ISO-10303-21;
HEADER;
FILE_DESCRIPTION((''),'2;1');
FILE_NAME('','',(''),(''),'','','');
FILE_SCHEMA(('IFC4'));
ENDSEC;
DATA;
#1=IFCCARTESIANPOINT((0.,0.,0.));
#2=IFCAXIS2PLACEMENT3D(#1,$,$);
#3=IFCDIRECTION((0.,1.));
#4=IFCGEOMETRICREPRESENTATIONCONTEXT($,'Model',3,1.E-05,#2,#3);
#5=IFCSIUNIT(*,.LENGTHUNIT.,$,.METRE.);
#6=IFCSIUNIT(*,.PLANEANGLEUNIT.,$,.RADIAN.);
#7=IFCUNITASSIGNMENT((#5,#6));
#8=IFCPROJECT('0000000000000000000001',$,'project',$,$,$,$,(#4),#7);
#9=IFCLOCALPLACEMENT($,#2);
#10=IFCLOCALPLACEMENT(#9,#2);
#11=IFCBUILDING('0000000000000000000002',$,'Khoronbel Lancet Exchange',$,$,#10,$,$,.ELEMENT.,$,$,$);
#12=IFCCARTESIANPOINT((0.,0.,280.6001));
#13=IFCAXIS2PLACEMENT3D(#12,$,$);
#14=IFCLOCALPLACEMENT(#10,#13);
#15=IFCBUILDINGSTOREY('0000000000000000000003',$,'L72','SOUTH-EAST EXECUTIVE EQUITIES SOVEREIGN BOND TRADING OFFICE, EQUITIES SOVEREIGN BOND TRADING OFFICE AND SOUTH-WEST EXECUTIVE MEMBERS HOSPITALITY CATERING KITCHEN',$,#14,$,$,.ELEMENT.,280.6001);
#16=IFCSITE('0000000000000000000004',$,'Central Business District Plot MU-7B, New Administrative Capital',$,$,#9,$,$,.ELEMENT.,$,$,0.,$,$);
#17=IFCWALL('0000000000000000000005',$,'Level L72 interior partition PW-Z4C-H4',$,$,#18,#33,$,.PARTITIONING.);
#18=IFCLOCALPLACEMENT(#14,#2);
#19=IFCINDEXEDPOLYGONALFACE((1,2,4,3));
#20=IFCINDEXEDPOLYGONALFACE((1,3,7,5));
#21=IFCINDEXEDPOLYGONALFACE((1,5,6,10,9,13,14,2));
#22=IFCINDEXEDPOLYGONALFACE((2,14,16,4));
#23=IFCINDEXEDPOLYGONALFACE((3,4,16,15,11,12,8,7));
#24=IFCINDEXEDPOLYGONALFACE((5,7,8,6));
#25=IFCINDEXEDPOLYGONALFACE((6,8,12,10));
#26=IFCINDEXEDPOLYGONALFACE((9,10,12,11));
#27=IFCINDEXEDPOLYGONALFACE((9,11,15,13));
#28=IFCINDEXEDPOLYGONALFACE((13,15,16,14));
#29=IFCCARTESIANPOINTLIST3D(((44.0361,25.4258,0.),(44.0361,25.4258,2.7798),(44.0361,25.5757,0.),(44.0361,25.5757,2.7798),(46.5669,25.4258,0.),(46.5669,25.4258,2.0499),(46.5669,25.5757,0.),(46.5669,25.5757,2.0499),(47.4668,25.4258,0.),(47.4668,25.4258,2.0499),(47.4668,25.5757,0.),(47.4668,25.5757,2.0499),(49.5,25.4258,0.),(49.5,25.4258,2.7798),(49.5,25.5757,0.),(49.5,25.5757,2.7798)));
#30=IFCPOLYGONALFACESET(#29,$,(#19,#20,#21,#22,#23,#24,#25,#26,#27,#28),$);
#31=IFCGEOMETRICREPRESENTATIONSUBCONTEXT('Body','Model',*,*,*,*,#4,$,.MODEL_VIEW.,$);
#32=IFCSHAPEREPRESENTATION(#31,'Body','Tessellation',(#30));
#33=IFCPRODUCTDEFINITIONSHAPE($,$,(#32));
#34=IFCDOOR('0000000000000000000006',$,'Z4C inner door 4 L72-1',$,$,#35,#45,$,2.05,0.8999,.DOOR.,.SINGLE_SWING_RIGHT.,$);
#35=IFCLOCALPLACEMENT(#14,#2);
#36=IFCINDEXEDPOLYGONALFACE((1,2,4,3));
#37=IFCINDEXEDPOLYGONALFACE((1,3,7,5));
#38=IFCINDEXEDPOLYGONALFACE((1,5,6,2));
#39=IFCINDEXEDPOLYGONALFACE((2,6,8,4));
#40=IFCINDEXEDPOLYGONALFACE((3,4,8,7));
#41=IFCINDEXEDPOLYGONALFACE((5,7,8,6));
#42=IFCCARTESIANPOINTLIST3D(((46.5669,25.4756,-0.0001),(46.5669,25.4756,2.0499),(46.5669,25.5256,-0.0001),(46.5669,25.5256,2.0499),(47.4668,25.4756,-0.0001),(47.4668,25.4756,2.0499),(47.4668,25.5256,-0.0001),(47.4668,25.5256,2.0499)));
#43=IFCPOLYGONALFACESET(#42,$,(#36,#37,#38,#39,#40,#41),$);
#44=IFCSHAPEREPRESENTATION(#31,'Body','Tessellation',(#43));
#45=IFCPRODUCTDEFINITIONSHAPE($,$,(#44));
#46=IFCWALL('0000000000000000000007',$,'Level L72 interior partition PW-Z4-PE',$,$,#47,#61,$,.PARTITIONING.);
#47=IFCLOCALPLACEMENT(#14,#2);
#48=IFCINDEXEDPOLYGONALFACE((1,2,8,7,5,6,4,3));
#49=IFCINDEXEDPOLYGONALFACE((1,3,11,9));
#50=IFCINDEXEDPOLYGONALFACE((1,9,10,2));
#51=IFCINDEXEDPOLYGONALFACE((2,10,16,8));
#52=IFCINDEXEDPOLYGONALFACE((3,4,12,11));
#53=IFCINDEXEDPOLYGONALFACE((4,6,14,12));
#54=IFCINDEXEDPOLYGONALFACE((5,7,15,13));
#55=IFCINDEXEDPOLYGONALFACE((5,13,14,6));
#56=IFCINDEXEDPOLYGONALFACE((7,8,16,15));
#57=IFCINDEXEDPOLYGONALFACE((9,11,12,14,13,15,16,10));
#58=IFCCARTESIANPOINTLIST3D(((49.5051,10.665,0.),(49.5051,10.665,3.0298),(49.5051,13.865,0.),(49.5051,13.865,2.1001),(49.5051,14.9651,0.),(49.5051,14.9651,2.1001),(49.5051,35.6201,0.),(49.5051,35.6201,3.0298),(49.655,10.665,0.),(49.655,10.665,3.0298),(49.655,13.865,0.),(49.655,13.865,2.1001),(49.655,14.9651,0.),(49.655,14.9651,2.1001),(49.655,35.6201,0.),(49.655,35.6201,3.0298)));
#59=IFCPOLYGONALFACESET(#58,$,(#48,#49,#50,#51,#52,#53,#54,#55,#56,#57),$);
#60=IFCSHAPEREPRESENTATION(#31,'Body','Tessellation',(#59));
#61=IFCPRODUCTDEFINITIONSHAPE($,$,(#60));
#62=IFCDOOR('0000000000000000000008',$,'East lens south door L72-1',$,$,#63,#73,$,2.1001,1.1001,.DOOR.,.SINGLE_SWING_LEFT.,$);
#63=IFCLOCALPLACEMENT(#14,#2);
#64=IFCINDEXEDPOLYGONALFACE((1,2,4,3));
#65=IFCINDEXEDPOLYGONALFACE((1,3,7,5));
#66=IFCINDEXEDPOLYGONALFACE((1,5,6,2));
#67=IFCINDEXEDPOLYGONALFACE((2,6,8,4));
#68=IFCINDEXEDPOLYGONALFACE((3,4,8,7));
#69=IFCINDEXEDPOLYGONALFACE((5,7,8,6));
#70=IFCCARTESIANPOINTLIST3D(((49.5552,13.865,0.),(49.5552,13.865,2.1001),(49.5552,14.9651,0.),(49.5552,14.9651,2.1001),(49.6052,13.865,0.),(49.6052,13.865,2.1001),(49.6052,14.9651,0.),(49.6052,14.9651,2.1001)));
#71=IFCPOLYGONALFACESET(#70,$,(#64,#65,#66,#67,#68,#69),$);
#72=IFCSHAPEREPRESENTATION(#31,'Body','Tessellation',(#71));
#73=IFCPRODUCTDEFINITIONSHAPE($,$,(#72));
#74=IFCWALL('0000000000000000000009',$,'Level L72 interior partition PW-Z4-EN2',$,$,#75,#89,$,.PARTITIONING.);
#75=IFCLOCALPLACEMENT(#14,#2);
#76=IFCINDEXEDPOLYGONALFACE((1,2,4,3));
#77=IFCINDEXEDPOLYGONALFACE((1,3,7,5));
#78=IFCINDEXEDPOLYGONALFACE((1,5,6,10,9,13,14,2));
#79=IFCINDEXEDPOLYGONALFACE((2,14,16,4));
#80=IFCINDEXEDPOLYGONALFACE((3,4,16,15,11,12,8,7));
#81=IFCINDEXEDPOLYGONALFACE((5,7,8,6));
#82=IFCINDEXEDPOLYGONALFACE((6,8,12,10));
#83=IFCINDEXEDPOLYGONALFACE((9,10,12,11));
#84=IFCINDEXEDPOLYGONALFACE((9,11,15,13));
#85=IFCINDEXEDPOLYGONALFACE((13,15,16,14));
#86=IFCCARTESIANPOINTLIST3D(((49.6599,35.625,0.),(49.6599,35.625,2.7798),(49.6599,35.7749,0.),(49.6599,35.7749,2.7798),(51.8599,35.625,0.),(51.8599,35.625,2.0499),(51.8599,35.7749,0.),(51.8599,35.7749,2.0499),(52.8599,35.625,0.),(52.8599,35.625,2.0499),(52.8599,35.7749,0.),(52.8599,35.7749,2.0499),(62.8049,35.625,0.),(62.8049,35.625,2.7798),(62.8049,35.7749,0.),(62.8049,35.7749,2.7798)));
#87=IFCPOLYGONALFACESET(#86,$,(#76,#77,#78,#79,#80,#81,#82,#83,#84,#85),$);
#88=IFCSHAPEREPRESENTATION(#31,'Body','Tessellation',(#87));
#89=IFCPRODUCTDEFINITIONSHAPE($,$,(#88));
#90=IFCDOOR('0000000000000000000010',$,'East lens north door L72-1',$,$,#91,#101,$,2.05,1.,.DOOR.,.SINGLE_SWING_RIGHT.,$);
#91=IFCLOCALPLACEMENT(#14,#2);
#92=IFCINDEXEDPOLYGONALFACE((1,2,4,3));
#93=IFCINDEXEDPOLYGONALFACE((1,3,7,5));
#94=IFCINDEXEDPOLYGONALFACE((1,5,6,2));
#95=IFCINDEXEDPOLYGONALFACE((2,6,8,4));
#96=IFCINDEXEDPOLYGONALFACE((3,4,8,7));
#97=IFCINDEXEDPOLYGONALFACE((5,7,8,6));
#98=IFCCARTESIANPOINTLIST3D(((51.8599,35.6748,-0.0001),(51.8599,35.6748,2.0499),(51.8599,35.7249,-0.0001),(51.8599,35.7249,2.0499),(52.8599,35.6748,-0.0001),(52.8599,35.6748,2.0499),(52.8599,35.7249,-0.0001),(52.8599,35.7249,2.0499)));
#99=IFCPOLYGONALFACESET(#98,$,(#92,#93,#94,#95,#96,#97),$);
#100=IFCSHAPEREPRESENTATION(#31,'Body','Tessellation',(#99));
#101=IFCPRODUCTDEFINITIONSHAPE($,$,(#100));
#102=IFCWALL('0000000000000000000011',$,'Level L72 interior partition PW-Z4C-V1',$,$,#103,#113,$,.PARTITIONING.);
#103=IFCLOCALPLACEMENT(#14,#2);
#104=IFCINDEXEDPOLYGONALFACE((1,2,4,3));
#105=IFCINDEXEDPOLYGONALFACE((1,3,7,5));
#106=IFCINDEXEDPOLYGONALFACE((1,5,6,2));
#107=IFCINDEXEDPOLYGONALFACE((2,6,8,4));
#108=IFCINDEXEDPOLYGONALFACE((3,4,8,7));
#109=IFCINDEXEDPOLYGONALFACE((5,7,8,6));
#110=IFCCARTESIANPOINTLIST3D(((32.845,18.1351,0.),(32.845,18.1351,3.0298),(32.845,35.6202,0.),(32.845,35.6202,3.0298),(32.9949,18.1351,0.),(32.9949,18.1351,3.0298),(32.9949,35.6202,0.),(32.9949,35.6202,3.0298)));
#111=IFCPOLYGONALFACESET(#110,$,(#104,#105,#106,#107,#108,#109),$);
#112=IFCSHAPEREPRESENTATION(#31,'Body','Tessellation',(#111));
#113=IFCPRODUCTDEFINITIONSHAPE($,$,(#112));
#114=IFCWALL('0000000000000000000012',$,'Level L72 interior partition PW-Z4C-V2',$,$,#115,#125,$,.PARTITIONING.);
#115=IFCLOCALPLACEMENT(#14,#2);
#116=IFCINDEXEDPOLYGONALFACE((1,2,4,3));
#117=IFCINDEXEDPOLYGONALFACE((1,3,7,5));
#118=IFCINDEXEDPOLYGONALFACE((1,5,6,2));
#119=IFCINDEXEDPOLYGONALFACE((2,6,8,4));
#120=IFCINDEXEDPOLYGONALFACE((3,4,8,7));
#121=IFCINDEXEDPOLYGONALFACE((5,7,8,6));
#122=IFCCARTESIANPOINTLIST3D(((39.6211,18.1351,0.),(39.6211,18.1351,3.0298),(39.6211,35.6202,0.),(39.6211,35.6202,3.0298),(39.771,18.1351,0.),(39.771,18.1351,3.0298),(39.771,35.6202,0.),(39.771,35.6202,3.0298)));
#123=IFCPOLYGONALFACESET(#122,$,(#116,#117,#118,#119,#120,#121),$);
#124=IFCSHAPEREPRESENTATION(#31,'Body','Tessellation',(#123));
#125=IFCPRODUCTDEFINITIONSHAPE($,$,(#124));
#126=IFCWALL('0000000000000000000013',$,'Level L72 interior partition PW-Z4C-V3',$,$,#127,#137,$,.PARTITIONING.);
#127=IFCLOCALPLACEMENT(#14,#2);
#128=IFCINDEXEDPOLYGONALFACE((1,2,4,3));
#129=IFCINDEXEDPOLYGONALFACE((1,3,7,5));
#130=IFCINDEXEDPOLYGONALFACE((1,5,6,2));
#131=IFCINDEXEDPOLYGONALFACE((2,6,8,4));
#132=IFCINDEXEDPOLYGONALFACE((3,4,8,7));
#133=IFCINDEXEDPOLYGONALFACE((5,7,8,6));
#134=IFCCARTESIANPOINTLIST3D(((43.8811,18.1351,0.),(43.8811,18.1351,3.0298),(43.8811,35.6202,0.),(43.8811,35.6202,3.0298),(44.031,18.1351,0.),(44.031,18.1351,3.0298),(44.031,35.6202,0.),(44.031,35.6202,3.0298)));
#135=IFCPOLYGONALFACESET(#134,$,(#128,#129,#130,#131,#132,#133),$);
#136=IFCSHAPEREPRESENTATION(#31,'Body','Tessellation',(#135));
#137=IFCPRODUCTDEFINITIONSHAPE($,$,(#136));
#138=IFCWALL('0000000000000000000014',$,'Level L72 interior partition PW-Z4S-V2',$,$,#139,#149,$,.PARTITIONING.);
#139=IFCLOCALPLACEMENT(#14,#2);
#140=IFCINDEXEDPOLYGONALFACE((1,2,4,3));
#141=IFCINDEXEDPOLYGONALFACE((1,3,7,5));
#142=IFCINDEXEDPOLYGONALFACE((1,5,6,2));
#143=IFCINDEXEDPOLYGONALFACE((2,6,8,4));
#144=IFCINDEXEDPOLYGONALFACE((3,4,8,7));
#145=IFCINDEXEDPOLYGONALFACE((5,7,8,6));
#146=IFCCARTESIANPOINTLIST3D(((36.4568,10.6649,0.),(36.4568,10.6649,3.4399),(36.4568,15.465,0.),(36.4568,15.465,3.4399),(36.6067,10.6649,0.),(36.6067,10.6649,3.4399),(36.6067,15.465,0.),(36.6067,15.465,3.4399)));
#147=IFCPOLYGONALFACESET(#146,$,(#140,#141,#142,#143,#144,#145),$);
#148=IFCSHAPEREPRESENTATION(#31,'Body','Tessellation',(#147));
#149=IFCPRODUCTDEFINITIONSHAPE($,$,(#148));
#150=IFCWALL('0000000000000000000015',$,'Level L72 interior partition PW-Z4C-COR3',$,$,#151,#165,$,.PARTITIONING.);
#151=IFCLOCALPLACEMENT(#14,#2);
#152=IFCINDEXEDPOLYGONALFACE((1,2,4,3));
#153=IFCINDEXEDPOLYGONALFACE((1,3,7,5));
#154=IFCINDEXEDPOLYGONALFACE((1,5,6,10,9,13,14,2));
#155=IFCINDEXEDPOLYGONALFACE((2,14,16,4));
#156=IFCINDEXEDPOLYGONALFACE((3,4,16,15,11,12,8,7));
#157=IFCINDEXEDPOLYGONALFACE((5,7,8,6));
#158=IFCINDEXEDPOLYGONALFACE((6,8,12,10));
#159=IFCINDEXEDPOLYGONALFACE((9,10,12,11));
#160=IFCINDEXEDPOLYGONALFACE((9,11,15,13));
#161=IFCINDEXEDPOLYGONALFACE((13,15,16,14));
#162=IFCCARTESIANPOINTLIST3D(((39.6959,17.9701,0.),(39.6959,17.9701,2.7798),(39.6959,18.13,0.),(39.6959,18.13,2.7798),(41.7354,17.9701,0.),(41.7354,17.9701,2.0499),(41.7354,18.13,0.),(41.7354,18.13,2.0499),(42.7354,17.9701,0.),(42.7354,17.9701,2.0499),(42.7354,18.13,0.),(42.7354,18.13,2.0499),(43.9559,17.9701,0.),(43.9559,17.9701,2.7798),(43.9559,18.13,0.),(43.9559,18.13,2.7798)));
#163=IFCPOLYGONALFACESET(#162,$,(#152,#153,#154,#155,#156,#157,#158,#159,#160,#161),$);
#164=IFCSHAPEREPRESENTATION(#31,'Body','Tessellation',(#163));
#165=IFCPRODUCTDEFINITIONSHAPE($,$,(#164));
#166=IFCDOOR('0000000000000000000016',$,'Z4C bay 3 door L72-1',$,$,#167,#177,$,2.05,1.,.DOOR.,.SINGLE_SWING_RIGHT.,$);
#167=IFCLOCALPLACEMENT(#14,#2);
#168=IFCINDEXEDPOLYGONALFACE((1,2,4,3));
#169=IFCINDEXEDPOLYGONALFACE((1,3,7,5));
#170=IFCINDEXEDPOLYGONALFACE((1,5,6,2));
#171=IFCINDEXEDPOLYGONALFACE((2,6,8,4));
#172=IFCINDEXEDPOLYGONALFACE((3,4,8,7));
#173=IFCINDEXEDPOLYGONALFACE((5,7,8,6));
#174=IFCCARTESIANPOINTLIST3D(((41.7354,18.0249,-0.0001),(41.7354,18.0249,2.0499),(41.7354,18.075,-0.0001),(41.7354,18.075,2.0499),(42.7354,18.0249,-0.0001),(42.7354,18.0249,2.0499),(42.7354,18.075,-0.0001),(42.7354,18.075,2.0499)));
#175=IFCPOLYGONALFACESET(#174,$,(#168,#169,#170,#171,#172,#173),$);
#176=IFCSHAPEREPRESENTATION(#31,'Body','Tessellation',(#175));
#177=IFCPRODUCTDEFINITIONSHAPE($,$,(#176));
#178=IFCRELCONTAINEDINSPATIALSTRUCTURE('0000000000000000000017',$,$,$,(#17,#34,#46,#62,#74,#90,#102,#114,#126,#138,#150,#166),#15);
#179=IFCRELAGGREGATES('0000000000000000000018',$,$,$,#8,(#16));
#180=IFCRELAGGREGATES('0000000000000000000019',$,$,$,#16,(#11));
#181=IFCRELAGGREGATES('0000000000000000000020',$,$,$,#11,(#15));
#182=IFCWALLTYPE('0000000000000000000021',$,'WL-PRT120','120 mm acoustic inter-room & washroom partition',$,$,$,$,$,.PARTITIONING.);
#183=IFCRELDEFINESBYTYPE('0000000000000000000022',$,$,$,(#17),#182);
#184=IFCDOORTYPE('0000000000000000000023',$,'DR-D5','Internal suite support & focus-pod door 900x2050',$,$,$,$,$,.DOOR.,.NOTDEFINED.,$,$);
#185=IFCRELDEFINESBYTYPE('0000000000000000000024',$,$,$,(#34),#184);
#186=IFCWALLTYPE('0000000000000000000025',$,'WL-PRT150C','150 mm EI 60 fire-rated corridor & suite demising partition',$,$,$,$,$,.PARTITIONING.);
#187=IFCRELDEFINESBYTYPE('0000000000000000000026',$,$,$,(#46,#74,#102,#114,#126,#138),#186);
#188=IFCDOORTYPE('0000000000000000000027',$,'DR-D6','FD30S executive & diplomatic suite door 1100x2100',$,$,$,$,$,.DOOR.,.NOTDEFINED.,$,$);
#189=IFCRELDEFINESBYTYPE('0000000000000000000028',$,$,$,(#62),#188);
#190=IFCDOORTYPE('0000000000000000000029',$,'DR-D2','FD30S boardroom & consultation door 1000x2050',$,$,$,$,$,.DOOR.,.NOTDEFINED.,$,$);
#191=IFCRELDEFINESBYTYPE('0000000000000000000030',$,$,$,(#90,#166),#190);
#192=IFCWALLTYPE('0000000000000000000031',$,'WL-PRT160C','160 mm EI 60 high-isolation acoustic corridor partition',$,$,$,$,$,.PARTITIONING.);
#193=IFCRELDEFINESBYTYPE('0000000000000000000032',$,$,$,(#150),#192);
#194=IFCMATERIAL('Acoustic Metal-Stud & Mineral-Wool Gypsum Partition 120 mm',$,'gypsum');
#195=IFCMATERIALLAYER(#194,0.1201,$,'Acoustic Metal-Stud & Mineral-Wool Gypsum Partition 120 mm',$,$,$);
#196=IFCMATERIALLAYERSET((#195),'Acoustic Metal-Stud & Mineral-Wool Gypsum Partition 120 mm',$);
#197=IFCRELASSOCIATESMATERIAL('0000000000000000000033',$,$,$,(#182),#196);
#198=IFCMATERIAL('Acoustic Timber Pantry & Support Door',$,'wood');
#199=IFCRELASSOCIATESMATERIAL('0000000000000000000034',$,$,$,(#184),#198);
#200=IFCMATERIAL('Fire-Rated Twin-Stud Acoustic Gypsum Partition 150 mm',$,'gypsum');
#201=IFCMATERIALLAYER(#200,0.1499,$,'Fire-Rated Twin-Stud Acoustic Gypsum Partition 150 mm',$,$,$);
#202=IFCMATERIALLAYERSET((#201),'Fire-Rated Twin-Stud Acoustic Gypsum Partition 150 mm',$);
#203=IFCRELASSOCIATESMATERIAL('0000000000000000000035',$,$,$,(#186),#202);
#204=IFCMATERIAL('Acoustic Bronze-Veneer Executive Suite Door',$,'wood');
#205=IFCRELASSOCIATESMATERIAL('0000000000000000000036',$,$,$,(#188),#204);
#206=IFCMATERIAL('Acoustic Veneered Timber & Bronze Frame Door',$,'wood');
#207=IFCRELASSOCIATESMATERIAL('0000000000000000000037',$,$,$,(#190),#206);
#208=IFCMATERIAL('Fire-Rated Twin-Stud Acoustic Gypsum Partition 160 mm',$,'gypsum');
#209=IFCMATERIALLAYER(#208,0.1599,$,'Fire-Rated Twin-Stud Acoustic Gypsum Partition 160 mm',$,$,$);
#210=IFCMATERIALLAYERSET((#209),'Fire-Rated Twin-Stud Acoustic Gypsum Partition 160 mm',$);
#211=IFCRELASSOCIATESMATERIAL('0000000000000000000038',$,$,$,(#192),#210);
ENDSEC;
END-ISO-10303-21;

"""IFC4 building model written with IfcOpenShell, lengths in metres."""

from ifc_helpers import new_model, si_unit, direction, frame, frame_2d, origin, place, context, subcontext, project, spatial, rectangle, extrude, material, layer, layer_set, type_object, element, fill, save


model = new_model("IFC4")

# Units and contexts
model_context = context("Model", 3, precision=1e-05, world=origin(), true_north=direction((0.0, 1.0)))
body_context = subcontext(model_context, "Body", "Model", "MODEL_VIEW")
ifc_project = project(units=[si_unit("LENGTHUNIT", "METRE"), si_unit("PLANEANGLEUNIT", "RADIAN")], contexts=[model_context])

# Site, building, storey
site_placement = place(None, origin())
site = spatial("IfcSite", under=ifc_project, at=site_placement, Name="Central Business District Plot MU-7B, New Administrative Capital", CompositionType="ELEMENT", RefElevation=0.0)
building_placement = place(site_placement, origin())
building = spatial("IfcBuilding", under=site, at=building_placement, Name="Khoronbel Lancet Exchange", CompositionType="ELEMENT")
storey_placement = place(building_placement, frame((0.0, 0.0, 280.6001)))
storey = spatial("IfcBuildingStorey", under=building, at=storey_placement, Name="L72", Description="SOUTH-EAST EXECUTIVE EQUITIES SOVEREIGN BOND TRADING OFFICE, EQUITIES SOVEREIGN BOND TRADING OFFICE AND SOUTH-WEST EXECUTIVE MEMBERS HOSPITALITY CATERING KITCHEN", CompositionType="ELEMENT", Elevation=280.6001)

# Walls, openings, doors
ifc_material_1 = material(Name="Acoustic Metal-Stud & Mineral-Wool Gypsum Partition 120 mm", Category="gypsum")
ifc_layer_1 = layer(ifc_material_1, 0.1201, Name="Acoustic Metal-Stud & Mineral-Wool Gypsum Partition 120 mm")
ifc_layer_set_1 = layer_set([ifc_layer_1], Name="Acoustic Metal-Stud & Mineral-Wool Gypsum Partition 120 mm")
wall_type_1 = type_object("IfcWallType", Name="WL-PRT120", Description="120 mm acoustic inter-room & washroom partition", PredefinedType="PARTITIONING", material=ifc_layer_set_1)
ifc_material_2 = material(Name="Acoustic Timber Pantry & Support Door", Category="wood")
door_type_1 = type_object("IfcDoorType", Name="DR-D5", Description="Internal suite support & focus-pod door 900x2050", OperationType="NOTDEFINED", PredefinedType="DOOR", material=ifc_material_2)
wall_1_placement = place(storey_placement, frame((44.0361, 25.5007, 0.0), z_axis=(0.0, 0.0, 1.0), x_axis=(1.0, 0.0, 0.0)))
wall_1 = element("IfcWall", 1, at=wall_1_placement, inside=storey, type_object=wall_type_1, Name="Level L72 interior partition PW-Z4C-H4", PredefinedType="PARTITIONING", context=body_context, shape_type="SweptSolid", body=[
    extrude(rectangle(XDim=5.4639, YDim=0.1499, at=frame_2d((2.7319, 0.0))), origin(), (0.0, 0.0, 1.0), 2.7798),
])
opening_1_placement = place(wall_1_placement, frame((2.5308, 0.0, 0.0)))
opening_1 = element("IfcOpeningElement", 2, at=opening_1_placement, cuts=wall_1, PredefinedType="OPENING", context=body_context, shape_type="SweptSolid", body=[
    extrude(rectangle(XDim=0.8999, YDim=2.05, at=frame_2d((0.45, 1.0249))), frame((0.0, 0.085, 0.0), z_axis=(0.0, -1.0, 0.0), x_axis=(1.0, 0.0, 0.0)), (0.0, 0.0, 1.0), 0.1699),
])
door_1_placement = place(opening_1_placement, origin())
door_1 = element("IfcDoor", 3, at=door_1_placement, inside=storey, type_object=door_type_1, Name="Z4C inner door 4 L72-1", OperationType="SINGLE_SWING_RIGHT", OverallHeight=2.05, OverallWidth=0.8999, PredefinedType="DOOR", context=body_context, shape_type="SweptSolid", body=[
    extrude(rectangle(XDim=0.8999, YDim=2.05, at=frame_2d((0.45, 1.0249))), frame((0.0, 0.0249, 0.0), z_axis=(0.0, -1.0, 0.0), x_axis=(1.0, 0.0, 0.0)), (0.0, 0.0, 1.0), 0.05),
])
fill(opening_1, door_1)
ifc_material_3 = material(Name="Fire-Rated Twin-Stud Acoustic Gypsum Partition 150 mm", Category="gypsum")
ifc_layer_2 = layer(ifc_material_3, 0.1499, Name="Fire-Rated Twin-Stud Acoustic Gypsum Partition 150 mm")
ifc_layer_set_2 = layer_set([ifc_layer_2], Name="Fire-Rated Twin-Stud Acoustic Gypsum Partition 150 mm")
wall_type_2 = type_object("IfcWallType", Name="WL-PRT150C", Description="150 mm EI 60 fire-rated corridor & suite demising partition", PredefinedType="PARTITIONING", material=ifc_layer_set_2)
wall_2_placement = place(storey_placement, frame((49.5801, 10.665, 0.0), z_axis=(0.0, 0.0, 1.0), x_axis=(0.0, 1.0, 0.0)))
wall_2 = element("IfcWall", 4, at=wall_2_placement, inside=storey, type_object=wall_type_2, Name="Level L72 interior partition PW-Z4-PE", PredefinedType="PARTITIONING", context=body_context, shape_type="SweptSolid", body=[
    extrude(rectangle(XDim=24.9551, YDim=0.1499, at=frame_2d((12.4775, 0.0))), origin(), (0.0, 0.0, 1.0), 3.0298),
])
opening_2_placement = place(wall_2_placement, frame((3.2, 0.0, 0.0)))
opening_2 = element("IfcOpeningElement", 5, at=opening_2_placement, cuts=wall_2, PredefinedType="OPENING", context=body_context, shape_type="SweptSolid", body=[
    extrude(rectangle(XDim=1.1001, YDim=2.1001, at=frame_2d((0.55, 1.05))), frame((0.0, 0.085, 0.0), z_axis=(0.0, -1.0, 0.0), x_axis=(1.0, 0.0, 0.0)), (0.0, 0.0, 1.0), 0.1699),
])
ifc_material_4 = material(Name="Acoustic Bronze-Veneer Executive Suite Door", Category="wood")
door_type_2 = type_object("IfcDoorType", Name="DR-D6", Description="FD30S executive & diplomatic suite door 1100x2100", OperationType="NOTDEFINED", PredefinedType="DOOR", material=ifc_material_4)
door_2_placement = place(opening_2_placement, origin())
door_2 = element("IfcDoor", 6, at=door_2_placement, inside=storey, type_object=door_type_2, Name="East lens south door L72-1", OperationType="SINGLE_SWING_LEFT", OverallHeight=2.1001, OverallWidth=1.1001, PredefinedType="DOOR", context=body_context, shape_type="SweptSolid", body=[
    extrude(rectangle(XDim=1.1001, YDim=2.1001, at=frame_2d((0.55, 1.05))), frame((0.0, 0.0249, 0.0), z_axis=(0.0, -1.0, 0.0), x_axis=(1.0, 0.0, 0.0)), (0.0, 0.0, 1.0), 0.05),
])
fill(opening_2, door_2)
wall_3_placement = place(storey_placement, frame((49.6599, 35.7, 0.0), z_axis=(0.0, 0.0, 1.0), x_axis=(1.0, 0.0, 0.0)))
wall_3 = element("IfcWall", 7, at=wall_3_placement, inside=storey, type_object=wall_type_2, Name="Level L72 interior partition PW-Z4-EN2", PredefinedType="PARTITIONING", context=body_context, shape_type="SweptSolid", body=[
    extrude(rectangle(XDim=13.145, YDim=0.1499, at=frame_2d((6.5725, 0.0))), origin(), (0.0, 0.0, 1.0), 2.7798),
])
opening_3_placement = place(wall_3_placement, frame((2.2, 0.0, 0.0)))
opening_3 = element("IfcOpeningElement", 8, at=opening_3_placement, cuts=wall_3, PredefinedType="OPENING", context=body_context, shape_type="SweptSolid", body=[
    extrude(rectangle(XDim=1.0, YDim=2.05, at=frame_2d((0.5, 1.0249))), frame((0.0, 0.085, 0.0), z_axis=(0.0, -1.0, 0.0), x_axis=(1.0, 0.0, 0.0)), (0.0, 0.0, 1.0), 0.1699),
])
ifc_material_5 = material(Name="Acoustic Veneered Timber & Bronze Frame Door", Category="wood")
door_type_3 = type_object("IfcDoorType", Name="DR-D2", Description="FD30S boardroom & consultation door 1000x2050", OperationType="NOTDEFINED", PredefinedType="DOOR", material=ifc_material_5)
door_3_placement = place(opening_3_placement, origin())
door_3 = element("IfcDoor", 9, at=door_3_placement, inside=storey, type_object=door_type_3, Name="East lens north door L72-1", OperationType="SINGLE_SWING_RIGHT", OverallHeight=2.05, OverallWidth=1.0, PredefinedType="DOOR", context=body_context, shape_type="SweptSolid", body=[
    extrude(rectangle(XDim=1.0, YDim=2.05, at=frame_2d((0.5, 1.0249))), frame((0.0, 0.0249, 0.0), z_axis=(0.0, -1.0, 0.0), x_axis=(1.0, 0.0, 0.0)), (0.0, 0.0, 1.0), 0.05),
])
fill(opening_3, door_3)

# Walls
for number, where, z_axis, x_axis, name in (
    (10, (32.9199, 18.135, 0.0), (0.0, 0.0, 1.0), (0.0, 1.0, 0.0), "Level L72 interior partition PW-Z4C-V1"),
    (11, (39.696, 18.135, 0.0), (0.0, 0.0, 1.0), (0.0, 1.0, 0.0), "Level L72 interior partition PW-Z4C-V2"),
    (12, (43.9561, 18.135, 0.0), (0.0, 0.0, 1.0), (0.0, 1.0, 0.0), "Level L72 interior partition PW-Z4C-V3"),
):
    element("IfcWall", number, at=place(storey_placement, frame(where, z_axis=z_axis, x_axis=x_axis)), inside=storey, type_object=wall_type_2, Name=name, PredefinedType="PARTITIONING", context=body_context, shape_type="SweptSolid", body=[
        extrude(rectangle(XDim=17.4851, YDim=0.1499, at=frame_2d((8.7427, 0.0))), origin(), (0.0, 0.0, 1.0), 3.0298),
    ])
wall_4_placement = place(storey_placement, frame((36.5317, 10.665, 0.0), z_axis=(0.0, 0.0, 1.0), x_axis=(0.0, 1.0, 0.0)))
element("IfcWall", 13, at=wall_4_placement, inside=storey, type_object=wall_type_2, Name="Level L72 interior partition PW-Z4S-V2", PredefinedType="PARTITIONING", context=body_context, shape_type="SweptSolid", body=[
    extrude(rectangle(XDim=4.8, YDim=0.1499, at=frame_2d((2.3999, 0.0))), origin(), (0.0, 0.0, 1.0), 3.4399),
])

# Wall, opening, door
ifc_material_6 = material(Name="Fire-Rated Twin-Stud Acoustic Gypsum Partition 160 mm", Category="gypsum")
ifc_layer_3 = layer(ifc_material_6, 0.1599, Name="Fire-Rated Twin-Stud Acoustic Gypsum Partition 160 mm")
ifc_layer_set_3 = layer_set([ifc_layer_3], Name="Fire-Rated Twin-Stud Acoustic Gypsum Partition 160 mm")
wall_type_3 = type_object("IfcWallType", Name="WL-PRT160C", Description="160 mm EI 60 high-isolation acoustic corridor partition", PredefinedType="PARTITIONING", material=ifc_layer_set_3)
wall_5_placement = place(storey_placement, frame((39.696, 18.05, 0.0), z_axis=(0.0, 0.0, 1.0), x_axis=(1.0, 0.0, 0.0)))
wall_5 = element("IfcWall", 14, at=wall_5_placement, inside=storey, type_object=wall_type_3, Name="Level L72 interior partition PW-Z4C-COR3", PredefinedType="PARTITIONING", context=body_context, shape_type="SweptSolid", body=[
    extrude(rectangle(XDim=4.26, YDim=0.1599, at=frame_2d((2.1299, 0.0))), origin(), (0.0, 0.0, 1.0), 2.7798),
])
opening_4_placement = place(wall_5_placement, frame((2.0393, 0.0, 0.0)))
opening_4 = element("IfcOpeningElement", 15, at=opening_4_placement, cuts=wall_5, PredefinedType="OPENING", context=body_context, shape_type="SweptSolid", body=[
    extrude(rectangle(XDim=1.0, YDim=2.05, at=frame_2d((0.5, 1.0249))), frame((0.0, 0.0898, 0.0), z_axis=(0.0, -1.0, 0.0), x_axis=(1.0, 0.0, 0.0)), (0.0, 0.0, 1.0), 0.1799),
])
door_4_placement = place(opening_4_placement, origin())
door_4 = element("IfcDoor", 16, at=door_4_placement, inside=storey, type_object=door_type_3, Name="Z4C bay 3 door L72-1", OperationType="SINGLE_SWING_RIGHT", OverallHeight=2.05, OverallWidth=1.0, PredefinedType="DOOR", context=body_context, shape_type="SweptSolid", body=[
    extrude(rectangle(XDim=1.0, YDim=2.05, at=frame_2d((0.5, 1.0249))), frame((0.0, 0.0249, 0.0), z_axis=(0.0, -1.0, 0.0), x_axis=(1.0, 0.0, 0.0)), (0.0, 0.0, 1.0), 0.05),
])
fill(opening_4, door_4)

save(model, "model.ifc")
